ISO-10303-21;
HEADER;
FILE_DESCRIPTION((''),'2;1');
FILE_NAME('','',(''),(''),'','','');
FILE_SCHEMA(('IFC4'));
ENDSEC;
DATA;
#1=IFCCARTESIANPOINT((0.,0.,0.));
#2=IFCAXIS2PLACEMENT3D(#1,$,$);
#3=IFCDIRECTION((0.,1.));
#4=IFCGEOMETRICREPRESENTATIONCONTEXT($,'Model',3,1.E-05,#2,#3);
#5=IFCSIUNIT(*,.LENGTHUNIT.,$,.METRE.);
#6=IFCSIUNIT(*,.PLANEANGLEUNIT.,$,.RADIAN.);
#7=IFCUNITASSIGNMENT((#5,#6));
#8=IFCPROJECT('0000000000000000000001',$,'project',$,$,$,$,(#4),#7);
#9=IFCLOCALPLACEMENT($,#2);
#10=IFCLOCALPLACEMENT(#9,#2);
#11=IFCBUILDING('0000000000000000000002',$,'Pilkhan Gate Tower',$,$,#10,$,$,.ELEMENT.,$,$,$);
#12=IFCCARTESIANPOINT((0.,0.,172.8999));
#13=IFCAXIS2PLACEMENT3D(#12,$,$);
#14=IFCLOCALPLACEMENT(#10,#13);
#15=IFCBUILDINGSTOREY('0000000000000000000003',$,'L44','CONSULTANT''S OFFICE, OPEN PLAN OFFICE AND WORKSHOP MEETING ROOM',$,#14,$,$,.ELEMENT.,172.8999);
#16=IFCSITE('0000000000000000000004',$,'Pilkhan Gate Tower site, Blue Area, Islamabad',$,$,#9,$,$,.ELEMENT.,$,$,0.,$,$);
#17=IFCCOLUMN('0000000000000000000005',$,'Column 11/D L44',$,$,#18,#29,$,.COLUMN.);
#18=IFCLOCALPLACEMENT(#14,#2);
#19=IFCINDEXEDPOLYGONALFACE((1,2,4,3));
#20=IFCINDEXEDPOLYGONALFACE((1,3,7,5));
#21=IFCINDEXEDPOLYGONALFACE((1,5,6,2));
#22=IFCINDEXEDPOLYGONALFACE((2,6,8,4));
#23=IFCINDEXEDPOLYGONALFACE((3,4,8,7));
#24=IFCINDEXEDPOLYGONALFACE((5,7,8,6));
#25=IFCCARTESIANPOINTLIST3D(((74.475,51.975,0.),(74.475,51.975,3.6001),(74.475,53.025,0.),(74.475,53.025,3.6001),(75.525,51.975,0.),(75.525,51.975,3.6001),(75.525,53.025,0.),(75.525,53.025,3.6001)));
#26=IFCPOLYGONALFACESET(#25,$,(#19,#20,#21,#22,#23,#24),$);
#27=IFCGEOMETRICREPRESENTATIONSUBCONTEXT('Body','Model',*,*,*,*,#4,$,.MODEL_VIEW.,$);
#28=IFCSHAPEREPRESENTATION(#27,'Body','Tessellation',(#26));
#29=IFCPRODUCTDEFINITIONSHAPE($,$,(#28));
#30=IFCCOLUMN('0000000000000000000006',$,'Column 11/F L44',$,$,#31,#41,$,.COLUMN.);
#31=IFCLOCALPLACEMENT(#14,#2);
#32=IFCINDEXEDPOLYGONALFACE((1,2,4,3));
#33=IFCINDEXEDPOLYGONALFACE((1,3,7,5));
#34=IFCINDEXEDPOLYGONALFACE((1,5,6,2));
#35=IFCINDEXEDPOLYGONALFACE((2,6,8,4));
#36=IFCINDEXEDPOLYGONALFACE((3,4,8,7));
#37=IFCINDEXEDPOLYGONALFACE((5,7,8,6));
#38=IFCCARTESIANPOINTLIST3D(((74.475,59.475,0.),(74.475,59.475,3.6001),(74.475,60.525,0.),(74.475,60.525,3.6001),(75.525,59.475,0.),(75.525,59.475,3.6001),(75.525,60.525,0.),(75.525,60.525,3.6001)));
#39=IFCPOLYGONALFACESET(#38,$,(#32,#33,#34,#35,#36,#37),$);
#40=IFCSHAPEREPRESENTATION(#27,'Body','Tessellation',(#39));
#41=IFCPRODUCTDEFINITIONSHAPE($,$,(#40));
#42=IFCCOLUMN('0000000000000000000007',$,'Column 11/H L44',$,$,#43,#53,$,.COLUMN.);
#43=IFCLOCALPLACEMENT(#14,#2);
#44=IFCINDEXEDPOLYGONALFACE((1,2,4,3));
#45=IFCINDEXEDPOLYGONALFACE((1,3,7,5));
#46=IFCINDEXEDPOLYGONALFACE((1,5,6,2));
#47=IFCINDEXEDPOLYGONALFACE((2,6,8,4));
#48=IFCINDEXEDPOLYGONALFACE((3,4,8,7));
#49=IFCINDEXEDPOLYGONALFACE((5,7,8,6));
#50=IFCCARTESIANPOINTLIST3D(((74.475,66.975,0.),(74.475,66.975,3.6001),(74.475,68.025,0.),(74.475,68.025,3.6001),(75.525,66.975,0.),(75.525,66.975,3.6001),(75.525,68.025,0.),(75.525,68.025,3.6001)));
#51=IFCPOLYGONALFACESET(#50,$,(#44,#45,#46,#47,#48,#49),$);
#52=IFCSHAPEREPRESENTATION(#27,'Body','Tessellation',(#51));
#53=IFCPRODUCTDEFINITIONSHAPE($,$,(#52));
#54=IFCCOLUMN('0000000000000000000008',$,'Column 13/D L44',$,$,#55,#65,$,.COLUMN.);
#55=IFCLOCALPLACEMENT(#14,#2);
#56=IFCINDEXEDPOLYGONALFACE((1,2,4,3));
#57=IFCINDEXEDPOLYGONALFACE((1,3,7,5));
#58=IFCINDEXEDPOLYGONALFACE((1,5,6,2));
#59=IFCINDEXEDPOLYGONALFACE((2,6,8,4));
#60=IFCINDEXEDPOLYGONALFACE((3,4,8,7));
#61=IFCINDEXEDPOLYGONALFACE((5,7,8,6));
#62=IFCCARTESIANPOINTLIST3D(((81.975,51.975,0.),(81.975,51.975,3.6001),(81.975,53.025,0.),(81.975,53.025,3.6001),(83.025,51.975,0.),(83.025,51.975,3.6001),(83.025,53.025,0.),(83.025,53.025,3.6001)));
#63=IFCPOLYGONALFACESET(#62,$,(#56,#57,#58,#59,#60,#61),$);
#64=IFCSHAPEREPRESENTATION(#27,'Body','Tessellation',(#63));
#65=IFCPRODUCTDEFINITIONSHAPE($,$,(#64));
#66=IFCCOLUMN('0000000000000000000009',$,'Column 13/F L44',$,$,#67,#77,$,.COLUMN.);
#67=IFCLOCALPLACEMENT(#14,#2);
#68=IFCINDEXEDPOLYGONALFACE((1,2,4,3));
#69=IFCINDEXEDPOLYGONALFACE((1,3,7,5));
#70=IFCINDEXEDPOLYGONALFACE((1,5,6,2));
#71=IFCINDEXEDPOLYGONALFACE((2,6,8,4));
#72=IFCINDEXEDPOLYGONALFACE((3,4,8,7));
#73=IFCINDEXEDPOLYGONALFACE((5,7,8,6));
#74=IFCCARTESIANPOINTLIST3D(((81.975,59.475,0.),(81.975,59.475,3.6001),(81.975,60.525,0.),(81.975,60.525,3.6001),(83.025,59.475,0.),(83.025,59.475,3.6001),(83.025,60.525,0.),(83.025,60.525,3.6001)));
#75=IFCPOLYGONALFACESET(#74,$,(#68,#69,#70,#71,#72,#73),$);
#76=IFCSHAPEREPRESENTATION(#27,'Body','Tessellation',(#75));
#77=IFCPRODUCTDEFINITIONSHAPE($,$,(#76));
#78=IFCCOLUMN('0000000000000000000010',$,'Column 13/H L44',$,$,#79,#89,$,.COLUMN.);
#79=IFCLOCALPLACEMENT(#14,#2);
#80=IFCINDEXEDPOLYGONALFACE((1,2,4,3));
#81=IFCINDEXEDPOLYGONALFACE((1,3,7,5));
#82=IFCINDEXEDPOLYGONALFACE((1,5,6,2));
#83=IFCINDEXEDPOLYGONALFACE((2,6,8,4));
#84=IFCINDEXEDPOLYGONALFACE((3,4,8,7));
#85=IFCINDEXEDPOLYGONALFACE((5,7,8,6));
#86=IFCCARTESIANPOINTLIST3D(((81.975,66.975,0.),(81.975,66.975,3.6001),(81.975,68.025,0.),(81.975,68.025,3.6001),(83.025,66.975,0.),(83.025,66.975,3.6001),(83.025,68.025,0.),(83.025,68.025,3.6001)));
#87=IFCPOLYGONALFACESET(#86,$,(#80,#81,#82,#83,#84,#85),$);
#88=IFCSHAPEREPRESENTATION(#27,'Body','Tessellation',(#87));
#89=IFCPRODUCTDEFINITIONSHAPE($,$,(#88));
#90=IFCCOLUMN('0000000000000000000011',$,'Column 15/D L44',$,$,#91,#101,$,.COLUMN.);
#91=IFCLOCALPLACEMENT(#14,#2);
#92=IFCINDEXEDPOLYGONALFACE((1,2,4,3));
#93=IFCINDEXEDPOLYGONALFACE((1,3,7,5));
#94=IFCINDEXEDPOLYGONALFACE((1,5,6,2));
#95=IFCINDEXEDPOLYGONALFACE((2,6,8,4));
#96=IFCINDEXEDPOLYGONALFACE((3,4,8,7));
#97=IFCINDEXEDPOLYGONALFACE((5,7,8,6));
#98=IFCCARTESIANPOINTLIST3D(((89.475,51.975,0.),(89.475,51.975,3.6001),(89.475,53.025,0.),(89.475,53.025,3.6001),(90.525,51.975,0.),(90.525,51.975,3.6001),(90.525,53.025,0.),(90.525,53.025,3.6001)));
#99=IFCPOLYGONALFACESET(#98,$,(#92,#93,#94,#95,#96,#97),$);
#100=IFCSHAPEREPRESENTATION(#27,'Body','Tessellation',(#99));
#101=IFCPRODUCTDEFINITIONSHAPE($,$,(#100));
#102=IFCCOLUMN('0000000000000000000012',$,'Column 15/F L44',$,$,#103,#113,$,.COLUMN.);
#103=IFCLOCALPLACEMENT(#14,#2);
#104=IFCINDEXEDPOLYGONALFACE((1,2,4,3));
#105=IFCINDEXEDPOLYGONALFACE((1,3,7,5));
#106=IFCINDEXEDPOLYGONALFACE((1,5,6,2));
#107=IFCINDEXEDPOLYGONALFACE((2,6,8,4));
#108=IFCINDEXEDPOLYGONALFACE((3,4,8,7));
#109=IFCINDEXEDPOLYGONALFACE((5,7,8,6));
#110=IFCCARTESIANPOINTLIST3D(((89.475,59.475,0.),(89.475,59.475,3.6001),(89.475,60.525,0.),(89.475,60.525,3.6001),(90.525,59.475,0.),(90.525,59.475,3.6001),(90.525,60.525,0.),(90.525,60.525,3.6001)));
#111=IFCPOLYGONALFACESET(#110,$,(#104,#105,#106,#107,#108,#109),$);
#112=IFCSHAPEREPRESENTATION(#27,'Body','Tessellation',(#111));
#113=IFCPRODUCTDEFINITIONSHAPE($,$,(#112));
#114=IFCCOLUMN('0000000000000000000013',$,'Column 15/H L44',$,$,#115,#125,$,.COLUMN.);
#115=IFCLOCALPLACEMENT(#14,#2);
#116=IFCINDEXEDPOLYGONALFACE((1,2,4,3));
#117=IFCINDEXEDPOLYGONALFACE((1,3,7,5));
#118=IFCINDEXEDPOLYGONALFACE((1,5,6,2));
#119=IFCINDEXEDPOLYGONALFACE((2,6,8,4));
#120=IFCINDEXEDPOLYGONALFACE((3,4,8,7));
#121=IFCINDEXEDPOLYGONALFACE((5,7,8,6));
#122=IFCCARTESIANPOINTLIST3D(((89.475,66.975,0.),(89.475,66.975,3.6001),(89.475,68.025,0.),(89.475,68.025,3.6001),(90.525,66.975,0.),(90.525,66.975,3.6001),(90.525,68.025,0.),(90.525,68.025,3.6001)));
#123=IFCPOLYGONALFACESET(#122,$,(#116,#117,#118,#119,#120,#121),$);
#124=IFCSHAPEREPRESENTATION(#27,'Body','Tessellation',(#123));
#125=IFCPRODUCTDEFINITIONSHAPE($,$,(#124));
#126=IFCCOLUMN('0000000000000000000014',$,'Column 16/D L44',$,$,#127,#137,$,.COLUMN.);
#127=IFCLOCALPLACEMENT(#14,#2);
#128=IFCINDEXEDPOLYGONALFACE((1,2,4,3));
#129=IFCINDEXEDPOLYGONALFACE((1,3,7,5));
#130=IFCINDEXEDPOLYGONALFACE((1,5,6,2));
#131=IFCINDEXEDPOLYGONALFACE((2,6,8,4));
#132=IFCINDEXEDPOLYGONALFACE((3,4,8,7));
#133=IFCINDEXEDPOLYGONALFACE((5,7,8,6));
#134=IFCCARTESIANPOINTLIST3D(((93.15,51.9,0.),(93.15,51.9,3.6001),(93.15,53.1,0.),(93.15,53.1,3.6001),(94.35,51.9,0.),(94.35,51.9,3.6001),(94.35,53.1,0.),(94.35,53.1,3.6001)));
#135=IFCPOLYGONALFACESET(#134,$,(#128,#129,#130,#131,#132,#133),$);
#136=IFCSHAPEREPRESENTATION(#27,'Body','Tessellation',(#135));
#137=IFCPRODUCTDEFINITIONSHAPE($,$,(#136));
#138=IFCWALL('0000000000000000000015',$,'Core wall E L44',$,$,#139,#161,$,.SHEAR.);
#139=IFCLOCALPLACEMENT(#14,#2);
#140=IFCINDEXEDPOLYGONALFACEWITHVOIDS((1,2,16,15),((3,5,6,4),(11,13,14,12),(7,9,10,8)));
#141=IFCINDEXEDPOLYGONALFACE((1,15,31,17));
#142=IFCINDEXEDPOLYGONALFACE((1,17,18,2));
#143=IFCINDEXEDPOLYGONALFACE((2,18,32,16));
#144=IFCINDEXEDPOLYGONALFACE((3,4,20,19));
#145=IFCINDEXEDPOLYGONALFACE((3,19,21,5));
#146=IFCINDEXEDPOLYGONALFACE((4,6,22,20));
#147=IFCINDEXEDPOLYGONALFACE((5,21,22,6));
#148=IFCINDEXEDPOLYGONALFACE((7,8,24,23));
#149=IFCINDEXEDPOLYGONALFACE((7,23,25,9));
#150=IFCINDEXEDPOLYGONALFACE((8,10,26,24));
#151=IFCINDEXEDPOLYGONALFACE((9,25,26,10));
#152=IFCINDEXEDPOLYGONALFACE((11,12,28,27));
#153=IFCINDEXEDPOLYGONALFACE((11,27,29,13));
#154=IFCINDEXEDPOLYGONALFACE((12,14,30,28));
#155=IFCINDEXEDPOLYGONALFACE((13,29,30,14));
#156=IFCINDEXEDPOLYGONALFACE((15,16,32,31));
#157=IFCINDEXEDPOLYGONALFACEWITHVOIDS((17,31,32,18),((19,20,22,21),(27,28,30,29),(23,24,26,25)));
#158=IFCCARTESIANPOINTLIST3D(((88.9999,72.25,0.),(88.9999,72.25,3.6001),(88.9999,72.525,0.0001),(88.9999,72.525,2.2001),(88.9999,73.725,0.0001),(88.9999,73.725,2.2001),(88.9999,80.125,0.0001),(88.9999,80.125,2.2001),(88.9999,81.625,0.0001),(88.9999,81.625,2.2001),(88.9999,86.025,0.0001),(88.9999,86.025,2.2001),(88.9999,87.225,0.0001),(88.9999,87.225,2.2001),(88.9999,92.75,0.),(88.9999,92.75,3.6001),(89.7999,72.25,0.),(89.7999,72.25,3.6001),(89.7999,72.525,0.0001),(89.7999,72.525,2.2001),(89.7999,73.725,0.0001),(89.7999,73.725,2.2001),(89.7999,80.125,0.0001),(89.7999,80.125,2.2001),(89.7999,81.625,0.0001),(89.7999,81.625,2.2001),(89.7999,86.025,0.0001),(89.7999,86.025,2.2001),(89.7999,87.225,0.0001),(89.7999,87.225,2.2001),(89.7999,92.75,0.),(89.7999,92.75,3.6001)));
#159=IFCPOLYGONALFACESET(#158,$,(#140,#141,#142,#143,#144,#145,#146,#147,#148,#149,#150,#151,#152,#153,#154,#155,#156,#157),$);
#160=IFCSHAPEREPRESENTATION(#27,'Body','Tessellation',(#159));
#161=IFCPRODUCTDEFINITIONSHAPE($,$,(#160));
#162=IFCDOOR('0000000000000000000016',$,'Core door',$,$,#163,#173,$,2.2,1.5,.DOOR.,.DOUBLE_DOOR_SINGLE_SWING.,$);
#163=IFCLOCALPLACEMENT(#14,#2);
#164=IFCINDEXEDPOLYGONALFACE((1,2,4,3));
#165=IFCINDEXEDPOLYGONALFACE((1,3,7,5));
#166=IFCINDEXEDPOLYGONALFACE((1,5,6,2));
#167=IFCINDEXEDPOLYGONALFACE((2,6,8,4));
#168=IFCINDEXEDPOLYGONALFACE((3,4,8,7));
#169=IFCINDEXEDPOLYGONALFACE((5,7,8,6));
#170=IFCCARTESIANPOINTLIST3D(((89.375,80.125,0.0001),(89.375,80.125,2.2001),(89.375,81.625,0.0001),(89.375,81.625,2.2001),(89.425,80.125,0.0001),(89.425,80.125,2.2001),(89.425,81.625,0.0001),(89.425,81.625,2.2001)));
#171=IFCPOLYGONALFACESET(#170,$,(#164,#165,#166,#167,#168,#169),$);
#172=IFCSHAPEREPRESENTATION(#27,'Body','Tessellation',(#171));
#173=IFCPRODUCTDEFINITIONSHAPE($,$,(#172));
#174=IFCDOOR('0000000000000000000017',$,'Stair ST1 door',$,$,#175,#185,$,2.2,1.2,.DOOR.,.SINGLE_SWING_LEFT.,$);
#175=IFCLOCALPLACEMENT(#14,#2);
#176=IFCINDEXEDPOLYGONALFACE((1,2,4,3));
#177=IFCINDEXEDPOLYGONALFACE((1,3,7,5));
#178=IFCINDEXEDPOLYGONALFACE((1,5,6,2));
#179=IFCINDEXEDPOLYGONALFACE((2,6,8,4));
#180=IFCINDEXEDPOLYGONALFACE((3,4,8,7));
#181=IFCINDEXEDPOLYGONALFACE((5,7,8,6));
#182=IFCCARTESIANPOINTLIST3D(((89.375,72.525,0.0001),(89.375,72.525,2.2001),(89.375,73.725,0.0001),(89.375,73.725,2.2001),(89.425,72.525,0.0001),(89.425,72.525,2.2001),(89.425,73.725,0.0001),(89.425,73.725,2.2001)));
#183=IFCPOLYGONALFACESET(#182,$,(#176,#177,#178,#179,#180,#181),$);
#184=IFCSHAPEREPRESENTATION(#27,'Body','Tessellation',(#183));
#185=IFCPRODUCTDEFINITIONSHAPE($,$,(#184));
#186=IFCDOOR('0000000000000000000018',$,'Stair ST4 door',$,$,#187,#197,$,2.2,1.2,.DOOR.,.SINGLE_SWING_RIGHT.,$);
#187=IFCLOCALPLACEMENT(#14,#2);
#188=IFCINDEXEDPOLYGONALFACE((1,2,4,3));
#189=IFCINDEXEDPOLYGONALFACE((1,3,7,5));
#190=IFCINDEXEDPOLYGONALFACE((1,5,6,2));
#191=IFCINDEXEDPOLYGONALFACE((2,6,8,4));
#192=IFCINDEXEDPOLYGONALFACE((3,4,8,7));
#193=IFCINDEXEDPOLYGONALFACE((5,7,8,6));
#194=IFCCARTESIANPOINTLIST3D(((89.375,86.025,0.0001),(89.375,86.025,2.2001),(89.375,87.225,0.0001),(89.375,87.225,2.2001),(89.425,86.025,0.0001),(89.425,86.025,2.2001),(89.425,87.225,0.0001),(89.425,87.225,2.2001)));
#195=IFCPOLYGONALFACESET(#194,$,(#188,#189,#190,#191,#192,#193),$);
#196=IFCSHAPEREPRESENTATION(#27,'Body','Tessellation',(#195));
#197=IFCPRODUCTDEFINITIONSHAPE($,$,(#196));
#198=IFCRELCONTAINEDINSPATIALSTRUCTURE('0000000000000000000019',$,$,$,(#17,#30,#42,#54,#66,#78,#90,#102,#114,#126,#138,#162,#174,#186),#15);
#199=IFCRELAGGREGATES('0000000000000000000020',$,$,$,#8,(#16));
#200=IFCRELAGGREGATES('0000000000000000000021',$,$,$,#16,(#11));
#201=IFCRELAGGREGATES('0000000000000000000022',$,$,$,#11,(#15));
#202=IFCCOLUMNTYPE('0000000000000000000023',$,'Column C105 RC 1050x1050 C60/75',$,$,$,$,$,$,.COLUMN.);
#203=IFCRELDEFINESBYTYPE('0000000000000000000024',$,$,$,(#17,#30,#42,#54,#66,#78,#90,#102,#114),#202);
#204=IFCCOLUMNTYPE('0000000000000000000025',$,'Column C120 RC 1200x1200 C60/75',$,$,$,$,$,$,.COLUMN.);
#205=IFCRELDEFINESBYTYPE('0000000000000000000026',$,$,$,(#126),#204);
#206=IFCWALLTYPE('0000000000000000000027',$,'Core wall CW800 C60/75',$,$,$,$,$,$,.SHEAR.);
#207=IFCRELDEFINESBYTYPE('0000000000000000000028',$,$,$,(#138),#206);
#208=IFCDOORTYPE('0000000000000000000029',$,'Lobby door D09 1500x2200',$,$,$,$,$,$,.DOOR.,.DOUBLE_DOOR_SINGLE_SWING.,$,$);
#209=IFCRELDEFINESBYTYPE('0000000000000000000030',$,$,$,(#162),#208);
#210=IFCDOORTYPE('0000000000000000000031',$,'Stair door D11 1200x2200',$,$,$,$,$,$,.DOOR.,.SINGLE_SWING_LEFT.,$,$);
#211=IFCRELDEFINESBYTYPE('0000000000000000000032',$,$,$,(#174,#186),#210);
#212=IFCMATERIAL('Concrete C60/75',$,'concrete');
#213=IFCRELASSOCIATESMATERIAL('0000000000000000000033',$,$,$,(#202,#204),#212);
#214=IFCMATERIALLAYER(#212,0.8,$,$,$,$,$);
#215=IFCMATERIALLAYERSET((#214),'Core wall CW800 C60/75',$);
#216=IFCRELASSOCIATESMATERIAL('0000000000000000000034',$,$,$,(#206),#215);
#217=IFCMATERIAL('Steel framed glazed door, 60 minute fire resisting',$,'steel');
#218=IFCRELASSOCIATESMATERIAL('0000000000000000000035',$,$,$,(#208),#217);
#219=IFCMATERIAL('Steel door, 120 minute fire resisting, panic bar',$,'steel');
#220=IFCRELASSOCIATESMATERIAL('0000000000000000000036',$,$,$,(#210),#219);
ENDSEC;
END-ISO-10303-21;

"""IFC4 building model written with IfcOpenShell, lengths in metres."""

from ifc_helpers import new_model, si_unit, direction, frame, frame_2d, origin, origin_2d, place, context, subcontext, project, spatial, rectangle, extrude, material, layer, layer_set, material_profile, profile_set, type_object, element, fill, save


model = new_model("IFC4")

# Units and contexts
model_context = context("Model", 3, precision=1e-05, world=origin(), true_north=direction((0.0, 1.0)))
body_context = subcontext(model_context, "Body", "Model", "MODEL_VIEW")
ifc_project = project(units=[si_unit("LENGTHUNIT", "METRE"), si_unit("PLANEANGLEUNIT", "RADIAN")], contexts=[model_context])

# Site, building, storey
site_placement = place(None, origin())
site = spatial("IfcSite", under=ifc_project, at=site_placement, Name="Pilkhan Gate Tower site, Blue Area, Islamabad", CompositionType="ELEMENT", RefElevation=0.0)
building_placement = place(site_placement, origin())
building = spatial("IfcBuilding", under=site, at=building_placement, Name="Pilkhan Gate Tower", CompositionType="ELEMENT")
storey_placement = place(building_placement, frame((0.0, 0.0, 172.8999)))
storey = spatial("IfcBuildingStorey", under=building, at=storey_placement, Name="L44", Description="CONSULTANT'S OFFICE, OPEN PLAN OFFICE AND WORKSHOP MEETING ROOM", CompositionType="ELEMENT", Elevation=172.8999)

# Columns
ifc_material_1 = material(Name="Concrete C60/75", Category="concrete")
ifc_material_profile_1 = material_profile(ifc_material_1, rectangle(XDim=1.05, YDim=1.05, at=origin_2d()), Name="RC 1050x1050")
ifc_profile_set_1 = profile_set([ifc_material_profile_1], Name="Concrete C60/75")
column_type_1 = type_object("IfcColumnType", Name="Column C105 RC 1050x1050 C60/75", PredefinedType="COLUMN", material=ifc_profile_set_1)
for number, where, z_axis, x_axis, name in (
    (1, (75.0, 52.5, 0.0), (0.0, 0.0, 1.0), (1.0, 0.0, 0.0), "Column 11/D L44"),
    (2, (75.0, 60.0, 0.0), (0.0, 0.0, 1.0), (1.0, 0.0, 0.0), "Column 11/F L44"),
    (3, (75.0, 67.5, 0.0), (0.0, 0.0, 1.0), (1.0, 0.0, 0.0), "Column 11/H L44"),
    (4, (82.5, 52.5, 0.0), (0.0, 0.0, 1.0), (1.0, 0.0, 0.0), "Column 13/D L44"),
    (5, (82.5, 60.0, 0.0), (0.0, 0.0, 1.0), (1.0, 0.0, 0.0), "Column 13/F L44"),
    (6, (82.5, 67.5, 0.0), (0.0, 0.0, 1.0), (1.0, 0.0, 0.0), "Column 13/H L44"),
    (7, (90.0, 52.5, 0.0), (0.0, 0.0, 1.0), (1.0, 0.0, 0.0), "Column 15/D L44"),
    (8, (90.0, 60.0, 0.0), (0.0, 0.0, 1.0), (1.0, 0.0, 0.0), "Column 15/F L44"),
    (9, (90.0, 67.5, 0.0), (0.0, 0.0, 1.0), (1.0, 0.0, 0.0), "Column 15/H L44"),
):
    element("IfcColumn", number, at=place(storey_placement, frame(where, z_axis=z_axis, x_axis=x_axis)), inside=storey, type_object=column_type_1, Name=name, PredefinedType="COLUMN", context=body_context, shape_type="SweptSolid", body=[
        extrude(rectangle(XDim=1.05, YDim=1.05, at=origin_2d()), origin(), (0.0, 0.0, 1.0), 3.6001),
    ])
ifc_material_profile_2 = material_profile(ifc_material_1, rectangle(XDim=1.2, YDim=1.2, at=origin_2d()), Name="RC 1200x1200")
ifc_profile_set_2 = profile_set([ifc_material_profile_2], Name="Concrete C60/75")
column_type_2 = type_object("IfcColumnType", Name="Column C120 RC 1200x1200 C60/75", PredefinedType="COLUMN", material=ifc_profile_set_2)
column_placement = place(storey_placement, frame((93.75, 52.5, 0.0), z_axis=(0.0, 0.0, 1.0), x_axis=(1.0, 0.0, 0.0)))
element("IfcColumn", 10, at=column_placement, inside=storey, type_object=column_type_2, Name="Column 16/D L44", PredefinedType="COLUMN", context=body_context, shape_type="SweptSolid", body=[
    extrude(rectangle(XDim=1.2, YDim=1.2, at=origin_2d()), origin(), (0.0, 0.0, 1.0), 3.6001),
])

# Wall, openings, doors
ifc_layer_1 = layer(ifc_material_1, 0.8)
ifc_layer_set_1 = layer_set([ifc_layer_1], Name="Core wall CW800 C60/75")
wall_type_1 = type_object("IfcWallType", Name="Core wall CW800 C60/75", PredefinedType="SHEAR", material=ifc_layer_set_1)
wall_1_placement = place(storey_placement, frame((89.3999, 72.25, 0.0), z_axis=(0.0, 0.0, 1.0), x_axis=(0.0, 1.0, 0.0)))
wall_1 = element("IfcWall", 11, at=wall_1_placement, inside=storey, type_object=wall_type_1, Name="Core wall E L44", PredefinedType="SHEAR", context=body_context, shape_type="SweptSolid", body=[
    extrude(rectangle(XDim=20.5, YDim=0.8, at=frame_2d((10.25, 0.0))), origin(), (0.0, 0.0, 1.0), 3.6001),
])
opening_1_placement = place(wall_1_placement, frame((0.2749, 0.0, 0.0)))
opening_1 = element("IfcOpeningElement", 12, at=opening_1_placement, cuts=wall_1, PredefinedType="OPENING", context=body_context, shape_type="SweptSolid", body=[
    extrude(rectangle(XDim=1.2, YDim=2.2, at=frame_2d((0.6001, 1.1001))), frame((0.0, 0.4099, 0.0), z_axis=(0.0, -1.0, 0.0), x_axis=(1.0, 0.0, 0.0)), (0.0, 0.0, 1.0), 0.8201),
])
opening_2_placement = place(wall_1_placement, frame((13.7749, 0.0, 0.0)))
opening_2 = element("IfcOpeningElement", 13, at=opening_2_placement, cuts=wall_1, PredefinedType="OPENING", context=body_context, shape_type="SweptSolid", body=[
    extrude(rectangle(XDim=1.2, YDim=2.2, at=frame_2d((0.6001, 1.1001))), frame((0.0, 0.4099, 0.0), z_axis=(0.0, -1.0, 0.0), x_axis=(1.0, 0.0, 0.0)), (0.0, 0.0, 1.0), 0.8201),
])
opening_3_placement = place(wall_1_placement, frame((7.875, 0.0, 0.0)))
opening_3 = element("IfcOpeningElement", 14, at=opening_3_placement, cuts=wall_1, PredefinedType="OPENING", context=body_context, shape_type="SweptSolid", body=[
    extrude(rectangle(XDim=1.5, YDim=2.2, at=frame_2d((0.75, 1.1001))), frame((0.0, 0.4099, 0.0), z_axis=(0.0, -1.0, 0.0), x_axis=(1.0, 0.0, 0.0)), (0.0, 0.0, 1.0), 0.8201),
])
ifc_material_2 = material(Name="Steel framed glazed door, 60 minute fire resisting", Category="steel")
door_type_1 = type_object("IfcDoorType", Name="Lobby door D09 1500x2200", OperationType="DOUBLE_DOOR_SINGLE_SWING", PredefinedType="DOOR", material=ifc_material_2)
door_1_placement = place(opening_3_placement, origin())
door_1 = element("IfcDoor", 15, at=door_1_placement, inside=storey, type_object=door_type_1, Name="Core door", OperationType="DOUBLE_DOOR_SINGLE_SWING", OverallHeight=2.2, OverallWidth=1.5, PredefinedType="DOOR", context=body_context, shape_type="SweptSolid", body=[
    extrude(rectangle(XDim=1.5, YDim=2.2, at=frame_2d((0.75, 1.1001))), frame((0.0, 0.0249, 0.0), z_axis=(0.0, -1.0, 0.0), x_axis=(1.0, 0.0, 0.0)), (0.0, 0.0, 1.0), 0.05),
])
fill(opening_3, door_1)
ifc_material_3 = material(Name="Steel door, 120 minute fire resisting, panic bar", Category="steel")
door_type_2 = type_object("IfcDoorType", Name="Stair door D11 1200x2200", OperationType="SINGLE_SWING_LEFT", PredefinedType="DOOR", material=ifc_material_3)
door_2_placement = place(opening_1_placement, origin())
door_2 = element("IfcDoor", 16, at=door_2_placement, inside=storey, type_object=door_type_2, Name="Stair ST1 door", OperationType="SINGLE_SWING_LEFT", OverallHeight=2.2, OverallWidth=1.2, PredefinedType="DOOR", context=body_context, shape_type="SweptSolid", body=[
    extrude(rectangle(XDim=1.2, YDim=2.2, at=frame_2d((0.6001, 1.1001))), frame((0.0, 0.0249, 0.0), z_axis=(0.0, -1.0, 0.0), x_axis=(1.0, 0.0, 0.0)), (0.0, 0.0, 1.0), 0.05),
])
fill(opening_1, door_2)
door_3_placement = place(opening_2_placement, origin())
door_3 = element("IfcDoor", 17, at=door_3_placement, inside=storey, type_object=door_type_2, Name="Stair ST4 door", OperationType="SINGLE_SWING_RIGHT", OverallHeight=2.2, OverallWidth=1.2, PredefinedType="DOOR", context=body_context, shape_type="SweptSolid", body=[
    extrude(rectangle(XDim=1.2, YDim=2.2, at=frame_2d((0.6001, 1.1001))), frame((0.0, 0.0249, 0.0), z_axis=(0.0, -1.0, 0.0), x_axis=(1.0, 0.0, 0.0)), (0.0, 0.0, 1.0), 0.05),
])
fill(opening_2, door_3)

save(model, "model.ifc")
